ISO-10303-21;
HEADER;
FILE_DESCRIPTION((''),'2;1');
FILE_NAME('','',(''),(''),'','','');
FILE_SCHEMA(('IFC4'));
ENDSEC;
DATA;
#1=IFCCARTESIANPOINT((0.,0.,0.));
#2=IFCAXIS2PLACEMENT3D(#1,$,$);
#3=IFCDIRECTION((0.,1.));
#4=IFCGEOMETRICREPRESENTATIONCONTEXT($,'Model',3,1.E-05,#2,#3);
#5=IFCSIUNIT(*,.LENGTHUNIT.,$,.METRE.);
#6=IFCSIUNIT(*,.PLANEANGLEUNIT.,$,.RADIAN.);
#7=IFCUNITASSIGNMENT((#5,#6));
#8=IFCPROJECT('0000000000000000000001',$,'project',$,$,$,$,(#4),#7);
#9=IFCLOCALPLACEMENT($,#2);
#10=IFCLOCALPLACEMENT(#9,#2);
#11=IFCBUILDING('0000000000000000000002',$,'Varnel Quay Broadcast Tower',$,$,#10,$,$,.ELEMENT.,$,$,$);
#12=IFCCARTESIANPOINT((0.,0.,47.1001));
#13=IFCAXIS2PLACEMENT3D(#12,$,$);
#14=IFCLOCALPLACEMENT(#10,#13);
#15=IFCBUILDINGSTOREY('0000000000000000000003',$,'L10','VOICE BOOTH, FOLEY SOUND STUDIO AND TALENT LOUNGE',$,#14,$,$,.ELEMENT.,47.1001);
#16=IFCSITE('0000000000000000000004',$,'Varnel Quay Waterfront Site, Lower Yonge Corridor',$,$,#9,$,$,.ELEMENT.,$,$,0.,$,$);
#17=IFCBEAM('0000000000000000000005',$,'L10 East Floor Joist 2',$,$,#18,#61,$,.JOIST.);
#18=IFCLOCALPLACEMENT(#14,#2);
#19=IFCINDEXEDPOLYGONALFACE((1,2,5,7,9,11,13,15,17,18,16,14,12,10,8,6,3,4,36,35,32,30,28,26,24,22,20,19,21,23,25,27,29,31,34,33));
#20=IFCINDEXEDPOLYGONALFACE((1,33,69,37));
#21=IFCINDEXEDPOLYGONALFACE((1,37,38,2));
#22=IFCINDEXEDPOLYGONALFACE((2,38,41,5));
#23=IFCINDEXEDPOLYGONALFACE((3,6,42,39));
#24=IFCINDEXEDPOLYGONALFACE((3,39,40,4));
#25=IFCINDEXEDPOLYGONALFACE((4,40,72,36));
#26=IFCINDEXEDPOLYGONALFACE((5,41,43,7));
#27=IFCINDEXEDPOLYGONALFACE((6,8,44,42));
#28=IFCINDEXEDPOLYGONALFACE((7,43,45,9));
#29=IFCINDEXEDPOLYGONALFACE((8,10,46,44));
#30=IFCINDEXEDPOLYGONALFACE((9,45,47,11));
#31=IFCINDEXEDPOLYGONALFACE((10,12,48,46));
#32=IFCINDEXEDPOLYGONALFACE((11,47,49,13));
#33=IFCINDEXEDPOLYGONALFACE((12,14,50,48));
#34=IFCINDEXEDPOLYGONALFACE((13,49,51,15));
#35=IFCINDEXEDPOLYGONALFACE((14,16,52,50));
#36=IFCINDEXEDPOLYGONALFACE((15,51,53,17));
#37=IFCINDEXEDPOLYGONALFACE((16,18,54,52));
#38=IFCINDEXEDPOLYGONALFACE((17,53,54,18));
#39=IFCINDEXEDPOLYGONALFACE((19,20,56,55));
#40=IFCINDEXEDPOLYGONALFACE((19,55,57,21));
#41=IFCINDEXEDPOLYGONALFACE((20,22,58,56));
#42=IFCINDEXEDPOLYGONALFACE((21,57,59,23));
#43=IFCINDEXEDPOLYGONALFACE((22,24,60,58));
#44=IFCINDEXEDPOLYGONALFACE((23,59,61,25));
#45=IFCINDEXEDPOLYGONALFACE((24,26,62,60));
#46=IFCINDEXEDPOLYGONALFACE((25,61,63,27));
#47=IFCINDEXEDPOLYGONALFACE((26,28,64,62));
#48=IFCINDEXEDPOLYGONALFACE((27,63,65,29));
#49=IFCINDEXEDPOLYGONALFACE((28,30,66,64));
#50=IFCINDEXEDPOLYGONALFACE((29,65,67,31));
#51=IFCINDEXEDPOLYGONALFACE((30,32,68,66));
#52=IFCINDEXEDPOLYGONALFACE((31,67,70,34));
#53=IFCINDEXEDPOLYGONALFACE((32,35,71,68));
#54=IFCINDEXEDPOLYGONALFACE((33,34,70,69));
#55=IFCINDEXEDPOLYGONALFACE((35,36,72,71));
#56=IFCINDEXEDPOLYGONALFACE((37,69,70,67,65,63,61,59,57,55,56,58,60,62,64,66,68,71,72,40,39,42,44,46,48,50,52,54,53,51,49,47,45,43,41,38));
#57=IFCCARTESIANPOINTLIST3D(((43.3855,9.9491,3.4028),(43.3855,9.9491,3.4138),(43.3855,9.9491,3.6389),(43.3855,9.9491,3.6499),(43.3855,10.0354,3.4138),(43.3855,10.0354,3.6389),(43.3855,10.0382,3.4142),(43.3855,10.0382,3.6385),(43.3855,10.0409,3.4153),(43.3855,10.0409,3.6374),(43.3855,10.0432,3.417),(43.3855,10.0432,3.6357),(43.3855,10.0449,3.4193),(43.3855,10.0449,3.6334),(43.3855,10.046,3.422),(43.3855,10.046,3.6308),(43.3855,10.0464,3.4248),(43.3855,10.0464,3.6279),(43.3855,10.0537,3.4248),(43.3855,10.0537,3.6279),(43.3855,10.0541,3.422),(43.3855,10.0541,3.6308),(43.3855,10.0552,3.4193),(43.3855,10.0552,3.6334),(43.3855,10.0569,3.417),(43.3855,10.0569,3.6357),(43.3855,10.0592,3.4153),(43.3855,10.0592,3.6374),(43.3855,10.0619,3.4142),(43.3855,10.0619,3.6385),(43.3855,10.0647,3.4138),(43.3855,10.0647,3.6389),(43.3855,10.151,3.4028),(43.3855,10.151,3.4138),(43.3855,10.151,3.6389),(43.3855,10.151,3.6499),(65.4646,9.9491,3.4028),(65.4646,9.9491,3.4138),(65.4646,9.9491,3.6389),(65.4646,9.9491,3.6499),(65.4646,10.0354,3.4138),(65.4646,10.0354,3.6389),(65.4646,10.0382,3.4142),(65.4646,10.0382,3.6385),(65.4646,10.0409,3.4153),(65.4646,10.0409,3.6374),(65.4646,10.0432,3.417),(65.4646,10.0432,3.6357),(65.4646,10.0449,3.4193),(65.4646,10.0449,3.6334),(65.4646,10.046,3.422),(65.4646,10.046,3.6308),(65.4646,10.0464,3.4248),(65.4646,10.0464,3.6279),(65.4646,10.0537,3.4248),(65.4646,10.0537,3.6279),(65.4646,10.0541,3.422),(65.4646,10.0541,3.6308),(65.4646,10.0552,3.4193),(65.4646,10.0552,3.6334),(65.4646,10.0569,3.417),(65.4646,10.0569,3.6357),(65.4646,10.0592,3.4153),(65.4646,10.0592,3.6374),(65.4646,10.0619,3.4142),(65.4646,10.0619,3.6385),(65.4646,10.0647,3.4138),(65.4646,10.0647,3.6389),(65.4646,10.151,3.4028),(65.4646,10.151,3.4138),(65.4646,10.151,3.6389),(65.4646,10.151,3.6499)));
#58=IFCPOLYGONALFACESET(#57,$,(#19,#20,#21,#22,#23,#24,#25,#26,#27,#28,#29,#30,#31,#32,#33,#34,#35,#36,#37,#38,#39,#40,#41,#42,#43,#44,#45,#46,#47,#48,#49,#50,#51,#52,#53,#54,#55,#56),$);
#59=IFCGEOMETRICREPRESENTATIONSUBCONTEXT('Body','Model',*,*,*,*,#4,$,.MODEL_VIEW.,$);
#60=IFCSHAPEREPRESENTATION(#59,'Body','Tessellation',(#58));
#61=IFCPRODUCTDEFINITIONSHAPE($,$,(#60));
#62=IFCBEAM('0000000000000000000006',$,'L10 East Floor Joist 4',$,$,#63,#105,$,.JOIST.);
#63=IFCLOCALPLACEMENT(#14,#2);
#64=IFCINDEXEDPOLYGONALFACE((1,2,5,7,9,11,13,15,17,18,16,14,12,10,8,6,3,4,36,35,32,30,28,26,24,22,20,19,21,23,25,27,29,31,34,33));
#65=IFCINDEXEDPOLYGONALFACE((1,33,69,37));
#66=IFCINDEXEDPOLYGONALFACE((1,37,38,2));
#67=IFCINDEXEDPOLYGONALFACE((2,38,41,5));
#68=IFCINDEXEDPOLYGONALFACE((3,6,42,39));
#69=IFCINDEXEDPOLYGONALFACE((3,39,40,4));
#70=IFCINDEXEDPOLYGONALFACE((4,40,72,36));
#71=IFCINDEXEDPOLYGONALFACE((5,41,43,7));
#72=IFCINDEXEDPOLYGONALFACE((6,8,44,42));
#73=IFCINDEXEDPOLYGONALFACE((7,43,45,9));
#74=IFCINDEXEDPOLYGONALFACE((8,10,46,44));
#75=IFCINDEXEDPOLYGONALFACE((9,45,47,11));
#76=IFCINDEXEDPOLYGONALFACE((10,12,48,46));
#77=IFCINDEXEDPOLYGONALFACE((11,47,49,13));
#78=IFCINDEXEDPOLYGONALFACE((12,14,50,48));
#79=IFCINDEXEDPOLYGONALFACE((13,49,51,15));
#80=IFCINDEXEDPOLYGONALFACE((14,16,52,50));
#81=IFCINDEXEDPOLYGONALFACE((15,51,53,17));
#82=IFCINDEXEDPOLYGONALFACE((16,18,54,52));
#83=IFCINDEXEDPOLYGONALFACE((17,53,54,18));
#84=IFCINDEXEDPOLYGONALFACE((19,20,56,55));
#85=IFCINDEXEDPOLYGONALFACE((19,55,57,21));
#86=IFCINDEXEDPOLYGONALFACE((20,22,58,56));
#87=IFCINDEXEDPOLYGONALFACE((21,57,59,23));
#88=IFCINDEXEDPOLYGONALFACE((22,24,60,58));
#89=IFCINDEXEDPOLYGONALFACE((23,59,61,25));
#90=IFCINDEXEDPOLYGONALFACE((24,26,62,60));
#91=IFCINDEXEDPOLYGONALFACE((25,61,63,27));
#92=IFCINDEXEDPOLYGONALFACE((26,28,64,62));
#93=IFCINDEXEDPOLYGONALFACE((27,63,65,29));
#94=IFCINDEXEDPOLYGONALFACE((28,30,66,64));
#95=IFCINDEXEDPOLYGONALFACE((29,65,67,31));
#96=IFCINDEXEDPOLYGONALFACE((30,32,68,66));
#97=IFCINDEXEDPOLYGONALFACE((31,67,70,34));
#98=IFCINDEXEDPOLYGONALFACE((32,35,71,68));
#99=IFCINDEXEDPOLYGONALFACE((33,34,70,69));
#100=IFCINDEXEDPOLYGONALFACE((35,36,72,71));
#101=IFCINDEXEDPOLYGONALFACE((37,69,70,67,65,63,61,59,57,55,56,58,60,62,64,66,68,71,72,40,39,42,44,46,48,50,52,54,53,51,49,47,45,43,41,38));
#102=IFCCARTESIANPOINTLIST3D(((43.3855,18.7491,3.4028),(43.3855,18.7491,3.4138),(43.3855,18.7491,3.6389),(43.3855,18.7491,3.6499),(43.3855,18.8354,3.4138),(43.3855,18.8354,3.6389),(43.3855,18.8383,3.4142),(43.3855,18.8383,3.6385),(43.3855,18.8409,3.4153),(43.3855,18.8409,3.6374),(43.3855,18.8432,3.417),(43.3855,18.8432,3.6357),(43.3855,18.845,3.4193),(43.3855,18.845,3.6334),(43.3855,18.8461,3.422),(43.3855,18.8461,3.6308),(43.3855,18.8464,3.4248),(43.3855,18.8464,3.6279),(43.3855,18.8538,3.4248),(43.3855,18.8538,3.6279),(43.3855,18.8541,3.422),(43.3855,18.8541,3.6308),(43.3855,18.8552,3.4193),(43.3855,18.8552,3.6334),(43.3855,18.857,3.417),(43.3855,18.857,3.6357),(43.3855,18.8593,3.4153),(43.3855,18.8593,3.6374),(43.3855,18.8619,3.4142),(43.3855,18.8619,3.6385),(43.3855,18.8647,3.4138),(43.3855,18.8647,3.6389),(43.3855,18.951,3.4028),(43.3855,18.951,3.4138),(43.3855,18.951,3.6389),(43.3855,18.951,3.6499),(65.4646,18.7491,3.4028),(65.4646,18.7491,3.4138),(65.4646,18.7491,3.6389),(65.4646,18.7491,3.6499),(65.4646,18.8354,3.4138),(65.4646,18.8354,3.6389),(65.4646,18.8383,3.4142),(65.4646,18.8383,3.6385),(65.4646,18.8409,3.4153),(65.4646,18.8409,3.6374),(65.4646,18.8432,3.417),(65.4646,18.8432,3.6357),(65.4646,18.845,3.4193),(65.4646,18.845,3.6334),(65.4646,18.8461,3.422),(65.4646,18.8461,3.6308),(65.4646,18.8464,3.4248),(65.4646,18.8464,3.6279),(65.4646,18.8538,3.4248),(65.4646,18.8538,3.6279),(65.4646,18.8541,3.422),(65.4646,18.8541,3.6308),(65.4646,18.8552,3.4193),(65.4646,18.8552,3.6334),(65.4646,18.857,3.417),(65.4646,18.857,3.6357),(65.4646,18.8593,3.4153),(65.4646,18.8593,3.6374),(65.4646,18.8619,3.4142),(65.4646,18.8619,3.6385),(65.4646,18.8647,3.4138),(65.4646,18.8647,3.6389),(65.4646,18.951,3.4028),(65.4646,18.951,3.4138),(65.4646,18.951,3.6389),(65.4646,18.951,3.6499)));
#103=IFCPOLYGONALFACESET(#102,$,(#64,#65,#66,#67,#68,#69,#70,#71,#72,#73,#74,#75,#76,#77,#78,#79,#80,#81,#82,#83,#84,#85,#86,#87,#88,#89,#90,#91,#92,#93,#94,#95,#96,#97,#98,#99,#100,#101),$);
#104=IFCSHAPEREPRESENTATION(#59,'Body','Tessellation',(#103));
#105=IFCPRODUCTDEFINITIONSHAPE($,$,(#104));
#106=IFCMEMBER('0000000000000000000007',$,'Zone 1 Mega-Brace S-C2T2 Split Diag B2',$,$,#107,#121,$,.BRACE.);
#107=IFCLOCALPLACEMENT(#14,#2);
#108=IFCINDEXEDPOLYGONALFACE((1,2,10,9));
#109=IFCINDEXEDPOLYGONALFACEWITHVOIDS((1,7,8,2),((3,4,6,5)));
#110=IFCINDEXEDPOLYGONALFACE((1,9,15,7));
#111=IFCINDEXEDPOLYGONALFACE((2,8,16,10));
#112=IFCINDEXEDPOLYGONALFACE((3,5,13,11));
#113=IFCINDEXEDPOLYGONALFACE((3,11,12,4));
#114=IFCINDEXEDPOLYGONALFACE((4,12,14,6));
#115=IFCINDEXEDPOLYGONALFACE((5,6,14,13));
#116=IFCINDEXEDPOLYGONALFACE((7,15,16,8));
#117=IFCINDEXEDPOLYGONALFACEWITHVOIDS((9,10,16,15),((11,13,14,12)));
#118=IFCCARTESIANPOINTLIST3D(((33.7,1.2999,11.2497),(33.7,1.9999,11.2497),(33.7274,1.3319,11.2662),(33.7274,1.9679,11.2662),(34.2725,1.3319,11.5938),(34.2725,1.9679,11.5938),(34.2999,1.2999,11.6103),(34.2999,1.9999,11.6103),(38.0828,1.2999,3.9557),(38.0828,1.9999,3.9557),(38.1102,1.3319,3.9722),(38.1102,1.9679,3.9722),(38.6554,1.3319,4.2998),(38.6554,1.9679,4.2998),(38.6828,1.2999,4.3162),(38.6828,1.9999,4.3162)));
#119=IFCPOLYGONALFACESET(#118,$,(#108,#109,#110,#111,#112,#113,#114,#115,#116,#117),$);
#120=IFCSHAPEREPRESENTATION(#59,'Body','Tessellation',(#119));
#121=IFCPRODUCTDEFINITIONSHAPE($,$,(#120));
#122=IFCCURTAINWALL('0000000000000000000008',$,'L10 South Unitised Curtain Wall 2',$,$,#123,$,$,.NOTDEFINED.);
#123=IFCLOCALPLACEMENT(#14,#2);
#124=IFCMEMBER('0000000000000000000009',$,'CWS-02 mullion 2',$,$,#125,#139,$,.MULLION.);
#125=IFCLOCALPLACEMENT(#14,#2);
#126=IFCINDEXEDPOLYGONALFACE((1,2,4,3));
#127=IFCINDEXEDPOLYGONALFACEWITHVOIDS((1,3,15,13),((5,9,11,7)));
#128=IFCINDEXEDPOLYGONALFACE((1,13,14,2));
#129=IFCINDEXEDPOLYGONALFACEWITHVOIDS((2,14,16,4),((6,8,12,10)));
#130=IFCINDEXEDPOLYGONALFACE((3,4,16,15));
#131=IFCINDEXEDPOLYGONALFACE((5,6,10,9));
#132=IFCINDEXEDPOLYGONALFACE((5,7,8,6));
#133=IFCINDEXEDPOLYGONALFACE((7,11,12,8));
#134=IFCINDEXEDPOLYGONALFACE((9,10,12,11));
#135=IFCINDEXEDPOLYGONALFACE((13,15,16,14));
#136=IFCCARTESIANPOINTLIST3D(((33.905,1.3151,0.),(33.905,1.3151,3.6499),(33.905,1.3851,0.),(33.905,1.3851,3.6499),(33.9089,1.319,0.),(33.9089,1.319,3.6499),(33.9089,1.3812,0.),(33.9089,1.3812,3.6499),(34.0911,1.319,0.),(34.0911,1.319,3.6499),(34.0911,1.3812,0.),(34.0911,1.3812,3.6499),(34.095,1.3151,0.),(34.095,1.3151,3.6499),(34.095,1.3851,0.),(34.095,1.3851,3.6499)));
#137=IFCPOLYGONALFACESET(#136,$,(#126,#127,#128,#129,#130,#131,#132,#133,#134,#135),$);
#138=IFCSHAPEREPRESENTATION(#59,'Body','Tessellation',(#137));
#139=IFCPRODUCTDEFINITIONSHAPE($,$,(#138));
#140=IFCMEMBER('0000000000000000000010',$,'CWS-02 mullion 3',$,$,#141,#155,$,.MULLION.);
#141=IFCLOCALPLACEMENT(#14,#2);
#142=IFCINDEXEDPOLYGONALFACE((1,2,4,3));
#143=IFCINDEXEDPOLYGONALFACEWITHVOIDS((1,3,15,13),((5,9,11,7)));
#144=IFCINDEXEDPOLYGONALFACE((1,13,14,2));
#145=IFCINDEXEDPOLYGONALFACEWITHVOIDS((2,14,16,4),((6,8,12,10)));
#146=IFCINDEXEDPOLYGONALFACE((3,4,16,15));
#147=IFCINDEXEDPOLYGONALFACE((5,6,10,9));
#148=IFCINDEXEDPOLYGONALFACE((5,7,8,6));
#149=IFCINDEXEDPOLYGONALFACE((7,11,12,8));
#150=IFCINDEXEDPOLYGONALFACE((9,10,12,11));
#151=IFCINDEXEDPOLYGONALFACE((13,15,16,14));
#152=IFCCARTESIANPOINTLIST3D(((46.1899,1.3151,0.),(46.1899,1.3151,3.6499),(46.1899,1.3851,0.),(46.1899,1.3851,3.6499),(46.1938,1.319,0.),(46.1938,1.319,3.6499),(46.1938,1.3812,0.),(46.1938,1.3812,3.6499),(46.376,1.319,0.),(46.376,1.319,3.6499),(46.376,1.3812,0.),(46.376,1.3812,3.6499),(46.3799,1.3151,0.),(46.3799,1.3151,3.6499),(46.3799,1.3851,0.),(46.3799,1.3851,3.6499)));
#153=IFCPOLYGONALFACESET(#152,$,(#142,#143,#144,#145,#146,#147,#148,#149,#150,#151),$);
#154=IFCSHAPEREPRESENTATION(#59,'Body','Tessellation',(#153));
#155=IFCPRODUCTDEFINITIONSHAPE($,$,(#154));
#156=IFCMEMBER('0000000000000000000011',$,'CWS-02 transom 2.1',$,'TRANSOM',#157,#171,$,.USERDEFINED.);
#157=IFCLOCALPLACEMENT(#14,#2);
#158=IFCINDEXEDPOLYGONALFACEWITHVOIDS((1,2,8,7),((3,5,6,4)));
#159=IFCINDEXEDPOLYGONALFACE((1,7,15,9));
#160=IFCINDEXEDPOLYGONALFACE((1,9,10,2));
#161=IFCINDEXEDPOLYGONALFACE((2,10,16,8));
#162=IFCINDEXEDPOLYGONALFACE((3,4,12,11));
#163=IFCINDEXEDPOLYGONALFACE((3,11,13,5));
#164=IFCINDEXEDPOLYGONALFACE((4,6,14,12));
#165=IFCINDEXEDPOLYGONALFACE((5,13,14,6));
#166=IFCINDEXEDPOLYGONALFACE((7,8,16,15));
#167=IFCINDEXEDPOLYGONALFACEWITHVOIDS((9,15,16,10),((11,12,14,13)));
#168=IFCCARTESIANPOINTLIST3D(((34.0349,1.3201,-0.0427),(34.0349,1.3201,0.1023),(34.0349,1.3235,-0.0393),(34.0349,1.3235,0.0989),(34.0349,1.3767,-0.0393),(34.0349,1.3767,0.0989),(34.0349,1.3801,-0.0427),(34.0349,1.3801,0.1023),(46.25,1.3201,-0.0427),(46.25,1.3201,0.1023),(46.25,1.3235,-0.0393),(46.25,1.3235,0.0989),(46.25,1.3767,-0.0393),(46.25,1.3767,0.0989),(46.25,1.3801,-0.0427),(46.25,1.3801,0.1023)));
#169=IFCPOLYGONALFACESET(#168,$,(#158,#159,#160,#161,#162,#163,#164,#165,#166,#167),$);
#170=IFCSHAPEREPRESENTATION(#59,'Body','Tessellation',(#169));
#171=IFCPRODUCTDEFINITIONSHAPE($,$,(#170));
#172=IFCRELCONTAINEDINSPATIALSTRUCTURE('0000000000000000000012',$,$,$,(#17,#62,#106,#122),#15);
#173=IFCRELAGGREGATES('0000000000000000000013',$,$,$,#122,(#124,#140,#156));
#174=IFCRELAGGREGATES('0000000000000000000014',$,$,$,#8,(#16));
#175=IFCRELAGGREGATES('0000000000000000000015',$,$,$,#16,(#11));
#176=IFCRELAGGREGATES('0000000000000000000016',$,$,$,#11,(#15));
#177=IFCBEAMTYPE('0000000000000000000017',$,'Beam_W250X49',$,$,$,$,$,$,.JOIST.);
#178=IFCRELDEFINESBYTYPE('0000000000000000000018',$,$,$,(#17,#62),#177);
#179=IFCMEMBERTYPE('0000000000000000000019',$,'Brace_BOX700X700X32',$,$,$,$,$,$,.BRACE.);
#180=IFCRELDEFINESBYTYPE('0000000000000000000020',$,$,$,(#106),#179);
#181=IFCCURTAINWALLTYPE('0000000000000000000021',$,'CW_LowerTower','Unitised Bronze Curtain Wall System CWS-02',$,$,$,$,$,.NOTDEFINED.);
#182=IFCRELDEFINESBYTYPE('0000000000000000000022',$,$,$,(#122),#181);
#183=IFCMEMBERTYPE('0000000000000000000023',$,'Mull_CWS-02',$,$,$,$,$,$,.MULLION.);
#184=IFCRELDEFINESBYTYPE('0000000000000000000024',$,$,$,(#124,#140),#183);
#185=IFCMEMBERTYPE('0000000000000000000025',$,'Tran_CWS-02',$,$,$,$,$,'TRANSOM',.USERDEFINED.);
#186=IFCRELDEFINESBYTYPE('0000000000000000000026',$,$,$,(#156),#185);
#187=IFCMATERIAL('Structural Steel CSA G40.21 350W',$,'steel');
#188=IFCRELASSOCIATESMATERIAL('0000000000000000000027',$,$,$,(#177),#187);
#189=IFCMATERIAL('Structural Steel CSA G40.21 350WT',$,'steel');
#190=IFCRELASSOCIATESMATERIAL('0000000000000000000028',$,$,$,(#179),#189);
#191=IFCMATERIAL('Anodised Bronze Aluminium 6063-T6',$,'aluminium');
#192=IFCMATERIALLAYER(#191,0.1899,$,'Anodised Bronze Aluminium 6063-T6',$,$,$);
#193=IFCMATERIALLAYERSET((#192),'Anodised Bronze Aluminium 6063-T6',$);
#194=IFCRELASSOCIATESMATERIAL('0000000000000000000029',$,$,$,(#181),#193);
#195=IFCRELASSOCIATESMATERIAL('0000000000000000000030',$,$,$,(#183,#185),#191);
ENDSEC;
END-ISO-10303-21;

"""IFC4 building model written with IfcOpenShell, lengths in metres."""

from ifc_helpers import new_model, si_unit, direction, frame, origin, origin_2d, place, context, subcontext, project, spatial, hollow_rectangle, i_section, extrude, source, transform, mapped, material, layer, layer_set, material_profile, profile_set, type_object, type_shapes, element, aggregate, save


model = new_model("IFC4")

# Units and contexts
model_context = context("Model", 3, precision=1e-05, world=origin(), true_north=direction((0.0, 1.0)))
body_context = subcontext(model_context, "Body", "Model", "MODEL_VIEW")
ifc_project = project(units=[si_unit("LENGTHUNIT", "METRE"), si_unit("PLANEANGLEUNIT", "RADIAN")], contexts=[model_context])

# Site, building, storey
site_placement = place(None, origin())
site = spatial("IfcSite", under=ifc_project, at=site_placement, Name="Varnel Quay Waterfront Site, Lower Yonge Corridor", CompositionType="ELEMENT", RefElevation=0.0)
building_placement = place(site_placement, origin())
building = spatial("IfcBuilding", under=site, at=building_placement, Name="Varnel Quay Broadcast Tower", CompositionType="ELEMENT")
storey_placement = place(building_placement, frame((0.0, 0.0, 47.1001)))
storey = spatial("IfcBuildingStorey", under=building, at=storey_placement, Name="L10", Description="VOICE BOOTH, FOLEY SOUND STUDIO AND TALENT LOUNGE", CompositionType="ELEMENT", Elevation=47.1001)

# Shared definitions
ifc_material_1 = material(Name="Structural Steel CSA G40.21 350W", Category="steel")

# Beams
ifc_material_profile_1 = material_profile(ifc_material_1, i_section(OverallWidth=0.2019, OverallDepth=0.2471, WebThickness=0.0073, FlangeThickness=0.011, FilletRadius=0.011, at=origin_2d()), Name="W250X49")
ifc_profile_set_1 = profile_set([ifc_material_profile_1], Name="Structural Steel CSA G40.21 350W")
beam_type_1 = type_object("IfcBeamType", Name="Beam_W250X49", PredefinedType="JOIST", material=ifc_profile_set_1)
shared_shape_1 = source(origin(), body_context, "Body", "SweptSolid", [
    extrude(i_section(OverallWidth=0.2019, OverallDepth=0.2471, WebThickness=0.0073, FlangeThickness=0.011, FilletRadius=0.011, at=origin_2d()), origin(), (0.0, 0.0, 1.0), 22.0791),
])
type_shapes(beam_type_1, [shared_shape_1])
for number, where, z_axis, x_axis, name in (
    (1, (43.3855, 10.05, 3.5264), (1.0, 0.0, 0.0), (0.0, 1.0, 0.0), "L10 East Floor Joist 2"),
    (2, (43.3855, 18.8501, 3.5264), (1.0, 0.0, 0.0), (0.0, 1.0, 0.0), "L10 East Floor Joist 4"),
):
    element("IfcBeam", number, at=place(storey_placement, frame(where, z_axis=z_axis, x_axis=x_axis)), inside=storey, type_object=beam_type_1, Name=name, PredefinedType="JOIST", context=body_context, shape_type="MappedRepresentation", body=[
        mapped(shared_shape_1, transform((0.0, 0.0, 0.0), x_axis=(1.0, 0.0, 0.0), y_axis=(0.0, 1.0, 0.0), z_axis=(0.0, 0.0, 1.0), scale=1.0)),
    ])

# Member
ifc_material_2 = material(Name="Structural Steel CSA G40.21 350WT", Category="steel")
ifc_material_profile_2 = material_profile(ifc_material_2, hollow_rectangle(XDim=0.7, YDim=0.7, WallThickness=0.032, at=origin_2d()), Name="BOX700X700X32")
ifc_profile_set_2 = profile_set([ifc_material_profile_2], Name="Structural Steel CSA G40.21 350WT")
member_type_1 = type_object("IfcMemberType", Name="Brace_BOX700X700X32", PredefinedType="BRACE", material=ifc_profile_set_2)
shared_shape_2 = source(origin(), body_context, "Body", "SweptSolid", [
    extrude(hollow_rectangle(XDim=0.7, YDim=0.7, WallThickness=0.032, at=origin_2d()), origin(), (0.0, 0.0, 1.0), 8.5095),
])
type_shapes(member_type_1, [shared_shape_2])
member_1_placement = place(storey_placement, frame((38.3828, 1.6499, 4.136), z_axis=(-0.515053, 0.0, 0.857159), x_axis=(0.0, -1.0, 0.0)))
element("IfcMember", 3, at=member_1_placement, inside=storey, type_object=member_type_1, Name="Zone 1 Mega-Brace S-C2T2 Split Diag B2", PredefinedType="BRACE", context=body_context, shape_type="MappedRepresentation", body=[
    mapped(shared_shape_2, transform((0.0, 0.0, 0.0), x_axis=(1.0, 0.0, 0.0), y_axis=(0.0, 1.0, 0.0), z_axis=(0.0, 0.0, 1.0), scale=1.0)),
])

# Curtain wall, members
ifc_material_3 = material(Name="Anodised Bronze Aluminium 6063-T6", Category="aluminium")
ifc_layer_1 = layer(ifc_material_3, 0.1899, Name="Anodised Bronze Aluminium 6063-T6")
ifc_layer_set_1 = layer_set([ifc_layer_1], Name="Anodised Bronze Aluminium 6063-T6")
curtain_wall_type = type_object("IfcCurtainWallType", Name="CW_LowerTower", Description="Unitised Bronze Curtain Wall System CWS-02", PredefinedType="NOTDEFINED", material=ifc_layer_set_1)
curtain_wall_placement = place(storey_placement, origin())
curtain_wall = element("IfcCurtainWall", 4, at=curtain_wall_placement, inside=storey, type_object=curtain_wall_type, Name="L10 South Unitised Curtain Wall 2", PredefinedType="NOTDEFINED")
ifc_material_profile_3 = material_profile(ifc_material_3, hollow_rectangle(XDim=0.0701, YDim=0.1899, WallThickness=0.0039, at=origin_2d()), Name="ALU70X190X4")
ifc_profile_set_3 = profile_set([ifc_material_profile_3], Name="Anodised Bronze Aluminium 6063-T6")
member_type_2 = type_object("IfcMemberType", Name="Mull_CWS-02", PredefinedType="MULLION", material=ifc_profile_set_3)
shared_shape_3 = source(origin(), body_context, "Body", "SweptSolid", [
    extrude(hollow_rectangle(XDim=0.0701, YDim=0.1899, WallThickness=0.0039, at=origin_2d()), origin(), (0.0, 0.0, 1.0), 3.6499),
])
type_shapes(member_type_2, [shared_shape_3])
member_2_placement = place(storey_placement, frame((34.0, 1.3501, 0.0), z_axis=(0.0, 0.0, 1.0), x_axis=(0.0, 1.0, 0.0)))
member_2 = element("IfcMember", 5, at=member_2_placement, type_object=member_type_2, Name="CWS-02 mullion 2", PredefinedType="MULLION", context=body_context, shape_type="MappedRepresentation", body=[
    mapped(shared_shape_3, transform((0.0, 0.0, 0.0), x_axis=(1.0, 0.0, 0.0), y_axis=(0.0, 1.0, 0.0), z_axis=(0.0, 0.0, 1.0), scale=1.0)),
])
member_3_placement = place(storey_placement, frame((46.2849, 1.3501, 0.0), z_axis=(0.0, 0.0, 1.0), x_axis=(0.0, 1.0, 0.0)))
member_3 = element("IfcMember", 6, at=member_3_placement, type_object=member_type_2, Name="CWS-02 mullion 3", PredefinedType="MULLION", context=body_context, shape_type="MappedRepresentation", body=[
    mapped(shared_shape_3, transform((0.0, 0.0, 0.0), x_axis=(1.0, 0.0, 0.0), y_axis=(0.0, 1.0, 0.0), z_axis=(0.0, 0.0, 1.0), scale=1.0)),
])
ifc_material_profile_4 = material_profile(ifc_material_3, hollow_rectangle(XDim=0.0601, YDim=0.145, WallThickness=0.0034, at=origin_2d()), Name="ALU60X145X3.5")
ifc_profile_set_4 = profile_set([ifc_material_profile_4], Name="Anodised Bronze Aluminium 6063-T6")
member_type_3 = type_object("IfcMemberType", Name="Tran_CWS-02", ElementType="TRANSOM", PredefinedType="USERDEFINED", material=ifc_profile_set_4)
shared_shape_4 = source(origin(), body_context, "Body", "SweptSolid", [
    extrude(hollow_rectangle(XDim=0.0601, YDim=0.145, WallThickness=0.0034, at=origin_2d()), origin(), (0.0, 0.0, 1.0), 12.2151),
])
type_shapes(member_type_3, [shared_shape_4])
member_4_placement = place(storey_placement, frame((34.0349, 1.3501, 0.0298), z_axis=(1.0, 0.0, 0.0), x_axis=(0.0, 1.0, 0.0)))
member_4 = element("IfcMember", 7, at=member_4_placement, type_object=member_type_3, Name="CWS-02 transom 2.1", ObjectType="TRANSOM", PredefinedType="USERDEFINED", context=body_context, shape_type="MappedRepresentation", body=[
    mapped(shared_shape_4, transform((0.0, 0.0, 0.0), x_axis=(1.0, 0.0, 0.0), y_axis=(0.0, 1.0, 0.0), z_axis=(0.0, 0.0, 1.0), scale=1.0)),
])

aggregate(curtain_wall, [member_2, member_3, member_4])

save(model, "model.ifc")
